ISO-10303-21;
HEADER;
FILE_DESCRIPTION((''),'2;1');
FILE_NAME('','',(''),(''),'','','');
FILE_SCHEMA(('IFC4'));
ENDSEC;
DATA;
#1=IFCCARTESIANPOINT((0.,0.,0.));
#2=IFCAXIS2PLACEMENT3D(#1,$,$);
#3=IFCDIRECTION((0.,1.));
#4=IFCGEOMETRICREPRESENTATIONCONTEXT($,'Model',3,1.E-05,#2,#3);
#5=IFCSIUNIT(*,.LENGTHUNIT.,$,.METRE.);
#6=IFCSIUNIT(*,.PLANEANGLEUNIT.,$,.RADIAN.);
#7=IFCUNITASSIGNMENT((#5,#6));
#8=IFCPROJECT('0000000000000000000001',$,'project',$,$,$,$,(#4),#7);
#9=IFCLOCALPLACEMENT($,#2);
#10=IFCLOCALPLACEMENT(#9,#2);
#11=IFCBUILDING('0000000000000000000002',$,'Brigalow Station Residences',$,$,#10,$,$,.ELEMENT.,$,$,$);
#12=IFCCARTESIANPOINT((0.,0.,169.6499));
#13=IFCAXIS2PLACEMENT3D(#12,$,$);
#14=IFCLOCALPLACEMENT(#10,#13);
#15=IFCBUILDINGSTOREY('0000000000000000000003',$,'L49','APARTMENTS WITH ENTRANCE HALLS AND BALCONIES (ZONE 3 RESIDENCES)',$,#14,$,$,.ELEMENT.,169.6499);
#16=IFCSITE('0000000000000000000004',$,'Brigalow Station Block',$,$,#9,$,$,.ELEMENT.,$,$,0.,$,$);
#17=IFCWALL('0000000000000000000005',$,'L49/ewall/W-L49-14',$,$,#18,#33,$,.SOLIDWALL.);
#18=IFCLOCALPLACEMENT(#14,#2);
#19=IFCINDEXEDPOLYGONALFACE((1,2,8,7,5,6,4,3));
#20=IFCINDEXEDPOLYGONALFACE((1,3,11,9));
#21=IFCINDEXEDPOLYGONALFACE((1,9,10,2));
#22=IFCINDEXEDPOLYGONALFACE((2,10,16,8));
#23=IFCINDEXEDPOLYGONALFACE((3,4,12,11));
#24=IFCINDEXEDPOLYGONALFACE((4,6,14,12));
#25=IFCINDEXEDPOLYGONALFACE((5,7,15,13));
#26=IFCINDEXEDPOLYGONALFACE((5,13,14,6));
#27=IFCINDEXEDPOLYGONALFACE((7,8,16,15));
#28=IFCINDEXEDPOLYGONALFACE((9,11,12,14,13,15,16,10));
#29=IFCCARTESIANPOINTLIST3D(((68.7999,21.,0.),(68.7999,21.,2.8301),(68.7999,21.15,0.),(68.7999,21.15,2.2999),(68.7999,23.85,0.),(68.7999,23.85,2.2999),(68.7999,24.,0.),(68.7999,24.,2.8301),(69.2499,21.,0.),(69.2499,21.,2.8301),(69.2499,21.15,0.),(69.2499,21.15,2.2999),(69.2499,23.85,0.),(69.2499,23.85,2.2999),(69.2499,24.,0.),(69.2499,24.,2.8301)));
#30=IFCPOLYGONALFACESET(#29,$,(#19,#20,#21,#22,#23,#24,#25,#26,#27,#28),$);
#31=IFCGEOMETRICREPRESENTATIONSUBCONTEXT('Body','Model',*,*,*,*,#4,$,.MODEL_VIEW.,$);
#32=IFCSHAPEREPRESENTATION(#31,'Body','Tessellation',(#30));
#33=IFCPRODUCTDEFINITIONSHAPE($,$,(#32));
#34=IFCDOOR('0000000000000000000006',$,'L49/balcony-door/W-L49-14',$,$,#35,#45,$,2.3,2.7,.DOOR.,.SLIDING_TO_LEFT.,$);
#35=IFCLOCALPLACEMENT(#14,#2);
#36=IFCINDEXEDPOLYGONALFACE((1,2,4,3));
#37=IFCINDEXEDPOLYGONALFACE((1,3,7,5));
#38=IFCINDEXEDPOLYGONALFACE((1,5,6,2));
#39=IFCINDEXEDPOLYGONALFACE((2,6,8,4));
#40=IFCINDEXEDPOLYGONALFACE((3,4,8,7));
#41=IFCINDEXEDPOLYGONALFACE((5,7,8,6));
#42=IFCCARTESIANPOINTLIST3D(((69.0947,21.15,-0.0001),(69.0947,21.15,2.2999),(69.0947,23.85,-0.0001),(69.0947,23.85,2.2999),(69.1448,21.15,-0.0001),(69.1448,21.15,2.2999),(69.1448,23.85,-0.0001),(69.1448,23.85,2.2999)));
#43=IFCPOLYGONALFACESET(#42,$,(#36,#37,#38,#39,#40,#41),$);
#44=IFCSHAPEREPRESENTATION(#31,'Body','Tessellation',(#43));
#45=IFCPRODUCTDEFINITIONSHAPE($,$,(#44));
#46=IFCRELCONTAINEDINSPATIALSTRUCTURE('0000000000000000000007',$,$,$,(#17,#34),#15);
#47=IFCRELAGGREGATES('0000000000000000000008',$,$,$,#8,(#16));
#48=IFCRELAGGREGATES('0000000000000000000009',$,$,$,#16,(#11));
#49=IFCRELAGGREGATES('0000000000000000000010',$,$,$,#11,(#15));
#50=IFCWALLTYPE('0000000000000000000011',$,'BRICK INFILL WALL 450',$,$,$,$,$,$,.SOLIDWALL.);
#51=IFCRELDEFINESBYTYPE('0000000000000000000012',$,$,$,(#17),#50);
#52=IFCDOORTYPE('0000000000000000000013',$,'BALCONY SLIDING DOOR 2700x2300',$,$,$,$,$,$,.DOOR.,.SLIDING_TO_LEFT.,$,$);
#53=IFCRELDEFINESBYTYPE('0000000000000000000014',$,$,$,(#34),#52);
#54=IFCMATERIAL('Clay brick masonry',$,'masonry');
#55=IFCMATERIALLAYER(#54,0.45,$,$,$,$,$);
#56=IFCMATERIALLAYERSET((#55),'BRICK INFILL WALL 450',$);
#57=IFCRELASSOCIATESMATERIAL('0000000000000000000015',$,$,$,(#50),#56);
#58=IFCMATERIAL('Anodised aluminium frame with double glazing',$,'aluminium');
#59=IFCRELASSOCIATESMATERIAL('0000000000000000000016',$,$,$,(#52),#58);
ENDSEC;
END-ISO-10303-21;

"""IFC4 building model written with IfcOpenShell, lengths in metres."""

from ifc_helpers import new_model, si_unit, direction, frame, frame_2d, origin, place, context, subcontext, project, spatial, rectangle, extrude, material, layer, layer_set, type_object, element, fill, save


model = new_model("IFC4")

# Units and contexts
model_context = context("Model", 3, precision=1e-05, world=origin(), true_north=direction((0.0, 1.0)))
body_context = subcontext(model_context, "Body", "Model", "MODEL_VIEW")
ifc_project = project(units=[si_unit("LENGTHUNIT", "METRE"), si_unit("PLANEANGLEUNIT", "RADIAN")], contexts=[model_context])

# Site, building, storey
site_placement = place(None, origin())
site = spatial("IfcSite", under=ifc_project, at=site_placement, Name="Brigalow Station Block", CompositionType="ELEMENT", RefElevation=0.0)
building_placement = place(site_placement, origin())
building = spatial("IfcBuilding", under=site, at=building_placement, Name="Brigalow Station Residences", CompositionType="ELEMENT")
storey_placement = place(building_placement, frame((0.0, 0.0, 169.6499)))
storey = spatial("IfcBuildingStorey", under=building, at=storey_placement, Name="L49", Description="APARTMENTS WITH ENTRANCE HALLS AND BALCONIES (ZONE 3 RESIDENCES)", CompositionType="ELEMENT", Elevation=169.6499)

# Shared definitions
ifc_material_1 = material(Name="Clay brick masonry", Category="masonry")
ifc_layer = layer(ifc_material_1, 0.45)
ifc_layer_set = layer_set([ifc_layer], Name="BRICK INFILL WALL 450")
wall_type = type_object("IfcWallType", Name="BRICK INFILL WALL 450", PredefinedType="SOLIDWALL", material=ifc_layer_set)

# Wall, opening, door
ifc_material_2 = material(Name="Anodised aluminium frame with double glazing", Category="aluminium")
door_type = type_object("IfcDoorType", Name="BALCONY SLIDING DOOR 2700x2300", OperationType="SLIDING_TO_LEFT", PredefinedType="DOOR", material=ifc_material_2)
wall_1_placement = place(storey_placement, frame((69.0249, 21.0, 0.0), z_axis=(0.0, 0.0, 1.0), x_axis=(0.0, 1.0, 0.0)))
wall_1 = element("IfcWall", 1, at=wall_1_placement, inside=storey, type_object=wall_type, Name="L49/ewall/W-L49-14", PredefinedType="SOLIDWALL", context=body_context, shape_type="SweptSolid", body=[
    extrude(rectangle(XDim=3.0, YDim=0.45, at=frame_2d((1.5, 0.0))), origin(), (0.0, 0.0, 1.0), 2.8301),
])
opening_1_placement = place(wall_1_placement, frame((0.1499, 0.0, 0.0)))
opening_1 = element("IfcOpeningElement", 2, at=opening_1_placement, cuts=wall_1, PredefinedType="OPENING", context=body_context, shape_type="SweptSolid", body=[
    extrude(rectangle(XDim=2.7, YDim=2.3, at=frame_2d((1.3501, 1.1499))), frame((0.0, 0.2349, 0.0), z_axis=(0.0, -1.0, 0.0), x_axis=(1.0, 0.0, 0.0)), (0.0, 0.0, 1.0), 0.47),
])
door_1_placement = place(opening_1_placement, origin())
door_1 = element("IfcDoor", 3, at=door_1_placement, inside=storey, type_object=door_type, Name="L49/balcony-door/W-L49-14", OperationType="SLIDING_TO_LEFT", OverallHeight=2.3, OverallWidth=2.7, PredefinedType="DOOR", context=body_context, shape_type="SweptSolid", body=[
    extrude(rectangle(XDim=2.7, YDim=2.3, at=frame_2d((1.3501, 1.1499))), frame((0.0, -0.0698, 0.0), z_axis=(0.0, -1.0, 0.0), x_axis=(1.0, 0.0, 0.0)), (0.0, 0.0, 1.0), 0.05),
])
fill(opening_1, door_1)

save(model, "model.ifc")
